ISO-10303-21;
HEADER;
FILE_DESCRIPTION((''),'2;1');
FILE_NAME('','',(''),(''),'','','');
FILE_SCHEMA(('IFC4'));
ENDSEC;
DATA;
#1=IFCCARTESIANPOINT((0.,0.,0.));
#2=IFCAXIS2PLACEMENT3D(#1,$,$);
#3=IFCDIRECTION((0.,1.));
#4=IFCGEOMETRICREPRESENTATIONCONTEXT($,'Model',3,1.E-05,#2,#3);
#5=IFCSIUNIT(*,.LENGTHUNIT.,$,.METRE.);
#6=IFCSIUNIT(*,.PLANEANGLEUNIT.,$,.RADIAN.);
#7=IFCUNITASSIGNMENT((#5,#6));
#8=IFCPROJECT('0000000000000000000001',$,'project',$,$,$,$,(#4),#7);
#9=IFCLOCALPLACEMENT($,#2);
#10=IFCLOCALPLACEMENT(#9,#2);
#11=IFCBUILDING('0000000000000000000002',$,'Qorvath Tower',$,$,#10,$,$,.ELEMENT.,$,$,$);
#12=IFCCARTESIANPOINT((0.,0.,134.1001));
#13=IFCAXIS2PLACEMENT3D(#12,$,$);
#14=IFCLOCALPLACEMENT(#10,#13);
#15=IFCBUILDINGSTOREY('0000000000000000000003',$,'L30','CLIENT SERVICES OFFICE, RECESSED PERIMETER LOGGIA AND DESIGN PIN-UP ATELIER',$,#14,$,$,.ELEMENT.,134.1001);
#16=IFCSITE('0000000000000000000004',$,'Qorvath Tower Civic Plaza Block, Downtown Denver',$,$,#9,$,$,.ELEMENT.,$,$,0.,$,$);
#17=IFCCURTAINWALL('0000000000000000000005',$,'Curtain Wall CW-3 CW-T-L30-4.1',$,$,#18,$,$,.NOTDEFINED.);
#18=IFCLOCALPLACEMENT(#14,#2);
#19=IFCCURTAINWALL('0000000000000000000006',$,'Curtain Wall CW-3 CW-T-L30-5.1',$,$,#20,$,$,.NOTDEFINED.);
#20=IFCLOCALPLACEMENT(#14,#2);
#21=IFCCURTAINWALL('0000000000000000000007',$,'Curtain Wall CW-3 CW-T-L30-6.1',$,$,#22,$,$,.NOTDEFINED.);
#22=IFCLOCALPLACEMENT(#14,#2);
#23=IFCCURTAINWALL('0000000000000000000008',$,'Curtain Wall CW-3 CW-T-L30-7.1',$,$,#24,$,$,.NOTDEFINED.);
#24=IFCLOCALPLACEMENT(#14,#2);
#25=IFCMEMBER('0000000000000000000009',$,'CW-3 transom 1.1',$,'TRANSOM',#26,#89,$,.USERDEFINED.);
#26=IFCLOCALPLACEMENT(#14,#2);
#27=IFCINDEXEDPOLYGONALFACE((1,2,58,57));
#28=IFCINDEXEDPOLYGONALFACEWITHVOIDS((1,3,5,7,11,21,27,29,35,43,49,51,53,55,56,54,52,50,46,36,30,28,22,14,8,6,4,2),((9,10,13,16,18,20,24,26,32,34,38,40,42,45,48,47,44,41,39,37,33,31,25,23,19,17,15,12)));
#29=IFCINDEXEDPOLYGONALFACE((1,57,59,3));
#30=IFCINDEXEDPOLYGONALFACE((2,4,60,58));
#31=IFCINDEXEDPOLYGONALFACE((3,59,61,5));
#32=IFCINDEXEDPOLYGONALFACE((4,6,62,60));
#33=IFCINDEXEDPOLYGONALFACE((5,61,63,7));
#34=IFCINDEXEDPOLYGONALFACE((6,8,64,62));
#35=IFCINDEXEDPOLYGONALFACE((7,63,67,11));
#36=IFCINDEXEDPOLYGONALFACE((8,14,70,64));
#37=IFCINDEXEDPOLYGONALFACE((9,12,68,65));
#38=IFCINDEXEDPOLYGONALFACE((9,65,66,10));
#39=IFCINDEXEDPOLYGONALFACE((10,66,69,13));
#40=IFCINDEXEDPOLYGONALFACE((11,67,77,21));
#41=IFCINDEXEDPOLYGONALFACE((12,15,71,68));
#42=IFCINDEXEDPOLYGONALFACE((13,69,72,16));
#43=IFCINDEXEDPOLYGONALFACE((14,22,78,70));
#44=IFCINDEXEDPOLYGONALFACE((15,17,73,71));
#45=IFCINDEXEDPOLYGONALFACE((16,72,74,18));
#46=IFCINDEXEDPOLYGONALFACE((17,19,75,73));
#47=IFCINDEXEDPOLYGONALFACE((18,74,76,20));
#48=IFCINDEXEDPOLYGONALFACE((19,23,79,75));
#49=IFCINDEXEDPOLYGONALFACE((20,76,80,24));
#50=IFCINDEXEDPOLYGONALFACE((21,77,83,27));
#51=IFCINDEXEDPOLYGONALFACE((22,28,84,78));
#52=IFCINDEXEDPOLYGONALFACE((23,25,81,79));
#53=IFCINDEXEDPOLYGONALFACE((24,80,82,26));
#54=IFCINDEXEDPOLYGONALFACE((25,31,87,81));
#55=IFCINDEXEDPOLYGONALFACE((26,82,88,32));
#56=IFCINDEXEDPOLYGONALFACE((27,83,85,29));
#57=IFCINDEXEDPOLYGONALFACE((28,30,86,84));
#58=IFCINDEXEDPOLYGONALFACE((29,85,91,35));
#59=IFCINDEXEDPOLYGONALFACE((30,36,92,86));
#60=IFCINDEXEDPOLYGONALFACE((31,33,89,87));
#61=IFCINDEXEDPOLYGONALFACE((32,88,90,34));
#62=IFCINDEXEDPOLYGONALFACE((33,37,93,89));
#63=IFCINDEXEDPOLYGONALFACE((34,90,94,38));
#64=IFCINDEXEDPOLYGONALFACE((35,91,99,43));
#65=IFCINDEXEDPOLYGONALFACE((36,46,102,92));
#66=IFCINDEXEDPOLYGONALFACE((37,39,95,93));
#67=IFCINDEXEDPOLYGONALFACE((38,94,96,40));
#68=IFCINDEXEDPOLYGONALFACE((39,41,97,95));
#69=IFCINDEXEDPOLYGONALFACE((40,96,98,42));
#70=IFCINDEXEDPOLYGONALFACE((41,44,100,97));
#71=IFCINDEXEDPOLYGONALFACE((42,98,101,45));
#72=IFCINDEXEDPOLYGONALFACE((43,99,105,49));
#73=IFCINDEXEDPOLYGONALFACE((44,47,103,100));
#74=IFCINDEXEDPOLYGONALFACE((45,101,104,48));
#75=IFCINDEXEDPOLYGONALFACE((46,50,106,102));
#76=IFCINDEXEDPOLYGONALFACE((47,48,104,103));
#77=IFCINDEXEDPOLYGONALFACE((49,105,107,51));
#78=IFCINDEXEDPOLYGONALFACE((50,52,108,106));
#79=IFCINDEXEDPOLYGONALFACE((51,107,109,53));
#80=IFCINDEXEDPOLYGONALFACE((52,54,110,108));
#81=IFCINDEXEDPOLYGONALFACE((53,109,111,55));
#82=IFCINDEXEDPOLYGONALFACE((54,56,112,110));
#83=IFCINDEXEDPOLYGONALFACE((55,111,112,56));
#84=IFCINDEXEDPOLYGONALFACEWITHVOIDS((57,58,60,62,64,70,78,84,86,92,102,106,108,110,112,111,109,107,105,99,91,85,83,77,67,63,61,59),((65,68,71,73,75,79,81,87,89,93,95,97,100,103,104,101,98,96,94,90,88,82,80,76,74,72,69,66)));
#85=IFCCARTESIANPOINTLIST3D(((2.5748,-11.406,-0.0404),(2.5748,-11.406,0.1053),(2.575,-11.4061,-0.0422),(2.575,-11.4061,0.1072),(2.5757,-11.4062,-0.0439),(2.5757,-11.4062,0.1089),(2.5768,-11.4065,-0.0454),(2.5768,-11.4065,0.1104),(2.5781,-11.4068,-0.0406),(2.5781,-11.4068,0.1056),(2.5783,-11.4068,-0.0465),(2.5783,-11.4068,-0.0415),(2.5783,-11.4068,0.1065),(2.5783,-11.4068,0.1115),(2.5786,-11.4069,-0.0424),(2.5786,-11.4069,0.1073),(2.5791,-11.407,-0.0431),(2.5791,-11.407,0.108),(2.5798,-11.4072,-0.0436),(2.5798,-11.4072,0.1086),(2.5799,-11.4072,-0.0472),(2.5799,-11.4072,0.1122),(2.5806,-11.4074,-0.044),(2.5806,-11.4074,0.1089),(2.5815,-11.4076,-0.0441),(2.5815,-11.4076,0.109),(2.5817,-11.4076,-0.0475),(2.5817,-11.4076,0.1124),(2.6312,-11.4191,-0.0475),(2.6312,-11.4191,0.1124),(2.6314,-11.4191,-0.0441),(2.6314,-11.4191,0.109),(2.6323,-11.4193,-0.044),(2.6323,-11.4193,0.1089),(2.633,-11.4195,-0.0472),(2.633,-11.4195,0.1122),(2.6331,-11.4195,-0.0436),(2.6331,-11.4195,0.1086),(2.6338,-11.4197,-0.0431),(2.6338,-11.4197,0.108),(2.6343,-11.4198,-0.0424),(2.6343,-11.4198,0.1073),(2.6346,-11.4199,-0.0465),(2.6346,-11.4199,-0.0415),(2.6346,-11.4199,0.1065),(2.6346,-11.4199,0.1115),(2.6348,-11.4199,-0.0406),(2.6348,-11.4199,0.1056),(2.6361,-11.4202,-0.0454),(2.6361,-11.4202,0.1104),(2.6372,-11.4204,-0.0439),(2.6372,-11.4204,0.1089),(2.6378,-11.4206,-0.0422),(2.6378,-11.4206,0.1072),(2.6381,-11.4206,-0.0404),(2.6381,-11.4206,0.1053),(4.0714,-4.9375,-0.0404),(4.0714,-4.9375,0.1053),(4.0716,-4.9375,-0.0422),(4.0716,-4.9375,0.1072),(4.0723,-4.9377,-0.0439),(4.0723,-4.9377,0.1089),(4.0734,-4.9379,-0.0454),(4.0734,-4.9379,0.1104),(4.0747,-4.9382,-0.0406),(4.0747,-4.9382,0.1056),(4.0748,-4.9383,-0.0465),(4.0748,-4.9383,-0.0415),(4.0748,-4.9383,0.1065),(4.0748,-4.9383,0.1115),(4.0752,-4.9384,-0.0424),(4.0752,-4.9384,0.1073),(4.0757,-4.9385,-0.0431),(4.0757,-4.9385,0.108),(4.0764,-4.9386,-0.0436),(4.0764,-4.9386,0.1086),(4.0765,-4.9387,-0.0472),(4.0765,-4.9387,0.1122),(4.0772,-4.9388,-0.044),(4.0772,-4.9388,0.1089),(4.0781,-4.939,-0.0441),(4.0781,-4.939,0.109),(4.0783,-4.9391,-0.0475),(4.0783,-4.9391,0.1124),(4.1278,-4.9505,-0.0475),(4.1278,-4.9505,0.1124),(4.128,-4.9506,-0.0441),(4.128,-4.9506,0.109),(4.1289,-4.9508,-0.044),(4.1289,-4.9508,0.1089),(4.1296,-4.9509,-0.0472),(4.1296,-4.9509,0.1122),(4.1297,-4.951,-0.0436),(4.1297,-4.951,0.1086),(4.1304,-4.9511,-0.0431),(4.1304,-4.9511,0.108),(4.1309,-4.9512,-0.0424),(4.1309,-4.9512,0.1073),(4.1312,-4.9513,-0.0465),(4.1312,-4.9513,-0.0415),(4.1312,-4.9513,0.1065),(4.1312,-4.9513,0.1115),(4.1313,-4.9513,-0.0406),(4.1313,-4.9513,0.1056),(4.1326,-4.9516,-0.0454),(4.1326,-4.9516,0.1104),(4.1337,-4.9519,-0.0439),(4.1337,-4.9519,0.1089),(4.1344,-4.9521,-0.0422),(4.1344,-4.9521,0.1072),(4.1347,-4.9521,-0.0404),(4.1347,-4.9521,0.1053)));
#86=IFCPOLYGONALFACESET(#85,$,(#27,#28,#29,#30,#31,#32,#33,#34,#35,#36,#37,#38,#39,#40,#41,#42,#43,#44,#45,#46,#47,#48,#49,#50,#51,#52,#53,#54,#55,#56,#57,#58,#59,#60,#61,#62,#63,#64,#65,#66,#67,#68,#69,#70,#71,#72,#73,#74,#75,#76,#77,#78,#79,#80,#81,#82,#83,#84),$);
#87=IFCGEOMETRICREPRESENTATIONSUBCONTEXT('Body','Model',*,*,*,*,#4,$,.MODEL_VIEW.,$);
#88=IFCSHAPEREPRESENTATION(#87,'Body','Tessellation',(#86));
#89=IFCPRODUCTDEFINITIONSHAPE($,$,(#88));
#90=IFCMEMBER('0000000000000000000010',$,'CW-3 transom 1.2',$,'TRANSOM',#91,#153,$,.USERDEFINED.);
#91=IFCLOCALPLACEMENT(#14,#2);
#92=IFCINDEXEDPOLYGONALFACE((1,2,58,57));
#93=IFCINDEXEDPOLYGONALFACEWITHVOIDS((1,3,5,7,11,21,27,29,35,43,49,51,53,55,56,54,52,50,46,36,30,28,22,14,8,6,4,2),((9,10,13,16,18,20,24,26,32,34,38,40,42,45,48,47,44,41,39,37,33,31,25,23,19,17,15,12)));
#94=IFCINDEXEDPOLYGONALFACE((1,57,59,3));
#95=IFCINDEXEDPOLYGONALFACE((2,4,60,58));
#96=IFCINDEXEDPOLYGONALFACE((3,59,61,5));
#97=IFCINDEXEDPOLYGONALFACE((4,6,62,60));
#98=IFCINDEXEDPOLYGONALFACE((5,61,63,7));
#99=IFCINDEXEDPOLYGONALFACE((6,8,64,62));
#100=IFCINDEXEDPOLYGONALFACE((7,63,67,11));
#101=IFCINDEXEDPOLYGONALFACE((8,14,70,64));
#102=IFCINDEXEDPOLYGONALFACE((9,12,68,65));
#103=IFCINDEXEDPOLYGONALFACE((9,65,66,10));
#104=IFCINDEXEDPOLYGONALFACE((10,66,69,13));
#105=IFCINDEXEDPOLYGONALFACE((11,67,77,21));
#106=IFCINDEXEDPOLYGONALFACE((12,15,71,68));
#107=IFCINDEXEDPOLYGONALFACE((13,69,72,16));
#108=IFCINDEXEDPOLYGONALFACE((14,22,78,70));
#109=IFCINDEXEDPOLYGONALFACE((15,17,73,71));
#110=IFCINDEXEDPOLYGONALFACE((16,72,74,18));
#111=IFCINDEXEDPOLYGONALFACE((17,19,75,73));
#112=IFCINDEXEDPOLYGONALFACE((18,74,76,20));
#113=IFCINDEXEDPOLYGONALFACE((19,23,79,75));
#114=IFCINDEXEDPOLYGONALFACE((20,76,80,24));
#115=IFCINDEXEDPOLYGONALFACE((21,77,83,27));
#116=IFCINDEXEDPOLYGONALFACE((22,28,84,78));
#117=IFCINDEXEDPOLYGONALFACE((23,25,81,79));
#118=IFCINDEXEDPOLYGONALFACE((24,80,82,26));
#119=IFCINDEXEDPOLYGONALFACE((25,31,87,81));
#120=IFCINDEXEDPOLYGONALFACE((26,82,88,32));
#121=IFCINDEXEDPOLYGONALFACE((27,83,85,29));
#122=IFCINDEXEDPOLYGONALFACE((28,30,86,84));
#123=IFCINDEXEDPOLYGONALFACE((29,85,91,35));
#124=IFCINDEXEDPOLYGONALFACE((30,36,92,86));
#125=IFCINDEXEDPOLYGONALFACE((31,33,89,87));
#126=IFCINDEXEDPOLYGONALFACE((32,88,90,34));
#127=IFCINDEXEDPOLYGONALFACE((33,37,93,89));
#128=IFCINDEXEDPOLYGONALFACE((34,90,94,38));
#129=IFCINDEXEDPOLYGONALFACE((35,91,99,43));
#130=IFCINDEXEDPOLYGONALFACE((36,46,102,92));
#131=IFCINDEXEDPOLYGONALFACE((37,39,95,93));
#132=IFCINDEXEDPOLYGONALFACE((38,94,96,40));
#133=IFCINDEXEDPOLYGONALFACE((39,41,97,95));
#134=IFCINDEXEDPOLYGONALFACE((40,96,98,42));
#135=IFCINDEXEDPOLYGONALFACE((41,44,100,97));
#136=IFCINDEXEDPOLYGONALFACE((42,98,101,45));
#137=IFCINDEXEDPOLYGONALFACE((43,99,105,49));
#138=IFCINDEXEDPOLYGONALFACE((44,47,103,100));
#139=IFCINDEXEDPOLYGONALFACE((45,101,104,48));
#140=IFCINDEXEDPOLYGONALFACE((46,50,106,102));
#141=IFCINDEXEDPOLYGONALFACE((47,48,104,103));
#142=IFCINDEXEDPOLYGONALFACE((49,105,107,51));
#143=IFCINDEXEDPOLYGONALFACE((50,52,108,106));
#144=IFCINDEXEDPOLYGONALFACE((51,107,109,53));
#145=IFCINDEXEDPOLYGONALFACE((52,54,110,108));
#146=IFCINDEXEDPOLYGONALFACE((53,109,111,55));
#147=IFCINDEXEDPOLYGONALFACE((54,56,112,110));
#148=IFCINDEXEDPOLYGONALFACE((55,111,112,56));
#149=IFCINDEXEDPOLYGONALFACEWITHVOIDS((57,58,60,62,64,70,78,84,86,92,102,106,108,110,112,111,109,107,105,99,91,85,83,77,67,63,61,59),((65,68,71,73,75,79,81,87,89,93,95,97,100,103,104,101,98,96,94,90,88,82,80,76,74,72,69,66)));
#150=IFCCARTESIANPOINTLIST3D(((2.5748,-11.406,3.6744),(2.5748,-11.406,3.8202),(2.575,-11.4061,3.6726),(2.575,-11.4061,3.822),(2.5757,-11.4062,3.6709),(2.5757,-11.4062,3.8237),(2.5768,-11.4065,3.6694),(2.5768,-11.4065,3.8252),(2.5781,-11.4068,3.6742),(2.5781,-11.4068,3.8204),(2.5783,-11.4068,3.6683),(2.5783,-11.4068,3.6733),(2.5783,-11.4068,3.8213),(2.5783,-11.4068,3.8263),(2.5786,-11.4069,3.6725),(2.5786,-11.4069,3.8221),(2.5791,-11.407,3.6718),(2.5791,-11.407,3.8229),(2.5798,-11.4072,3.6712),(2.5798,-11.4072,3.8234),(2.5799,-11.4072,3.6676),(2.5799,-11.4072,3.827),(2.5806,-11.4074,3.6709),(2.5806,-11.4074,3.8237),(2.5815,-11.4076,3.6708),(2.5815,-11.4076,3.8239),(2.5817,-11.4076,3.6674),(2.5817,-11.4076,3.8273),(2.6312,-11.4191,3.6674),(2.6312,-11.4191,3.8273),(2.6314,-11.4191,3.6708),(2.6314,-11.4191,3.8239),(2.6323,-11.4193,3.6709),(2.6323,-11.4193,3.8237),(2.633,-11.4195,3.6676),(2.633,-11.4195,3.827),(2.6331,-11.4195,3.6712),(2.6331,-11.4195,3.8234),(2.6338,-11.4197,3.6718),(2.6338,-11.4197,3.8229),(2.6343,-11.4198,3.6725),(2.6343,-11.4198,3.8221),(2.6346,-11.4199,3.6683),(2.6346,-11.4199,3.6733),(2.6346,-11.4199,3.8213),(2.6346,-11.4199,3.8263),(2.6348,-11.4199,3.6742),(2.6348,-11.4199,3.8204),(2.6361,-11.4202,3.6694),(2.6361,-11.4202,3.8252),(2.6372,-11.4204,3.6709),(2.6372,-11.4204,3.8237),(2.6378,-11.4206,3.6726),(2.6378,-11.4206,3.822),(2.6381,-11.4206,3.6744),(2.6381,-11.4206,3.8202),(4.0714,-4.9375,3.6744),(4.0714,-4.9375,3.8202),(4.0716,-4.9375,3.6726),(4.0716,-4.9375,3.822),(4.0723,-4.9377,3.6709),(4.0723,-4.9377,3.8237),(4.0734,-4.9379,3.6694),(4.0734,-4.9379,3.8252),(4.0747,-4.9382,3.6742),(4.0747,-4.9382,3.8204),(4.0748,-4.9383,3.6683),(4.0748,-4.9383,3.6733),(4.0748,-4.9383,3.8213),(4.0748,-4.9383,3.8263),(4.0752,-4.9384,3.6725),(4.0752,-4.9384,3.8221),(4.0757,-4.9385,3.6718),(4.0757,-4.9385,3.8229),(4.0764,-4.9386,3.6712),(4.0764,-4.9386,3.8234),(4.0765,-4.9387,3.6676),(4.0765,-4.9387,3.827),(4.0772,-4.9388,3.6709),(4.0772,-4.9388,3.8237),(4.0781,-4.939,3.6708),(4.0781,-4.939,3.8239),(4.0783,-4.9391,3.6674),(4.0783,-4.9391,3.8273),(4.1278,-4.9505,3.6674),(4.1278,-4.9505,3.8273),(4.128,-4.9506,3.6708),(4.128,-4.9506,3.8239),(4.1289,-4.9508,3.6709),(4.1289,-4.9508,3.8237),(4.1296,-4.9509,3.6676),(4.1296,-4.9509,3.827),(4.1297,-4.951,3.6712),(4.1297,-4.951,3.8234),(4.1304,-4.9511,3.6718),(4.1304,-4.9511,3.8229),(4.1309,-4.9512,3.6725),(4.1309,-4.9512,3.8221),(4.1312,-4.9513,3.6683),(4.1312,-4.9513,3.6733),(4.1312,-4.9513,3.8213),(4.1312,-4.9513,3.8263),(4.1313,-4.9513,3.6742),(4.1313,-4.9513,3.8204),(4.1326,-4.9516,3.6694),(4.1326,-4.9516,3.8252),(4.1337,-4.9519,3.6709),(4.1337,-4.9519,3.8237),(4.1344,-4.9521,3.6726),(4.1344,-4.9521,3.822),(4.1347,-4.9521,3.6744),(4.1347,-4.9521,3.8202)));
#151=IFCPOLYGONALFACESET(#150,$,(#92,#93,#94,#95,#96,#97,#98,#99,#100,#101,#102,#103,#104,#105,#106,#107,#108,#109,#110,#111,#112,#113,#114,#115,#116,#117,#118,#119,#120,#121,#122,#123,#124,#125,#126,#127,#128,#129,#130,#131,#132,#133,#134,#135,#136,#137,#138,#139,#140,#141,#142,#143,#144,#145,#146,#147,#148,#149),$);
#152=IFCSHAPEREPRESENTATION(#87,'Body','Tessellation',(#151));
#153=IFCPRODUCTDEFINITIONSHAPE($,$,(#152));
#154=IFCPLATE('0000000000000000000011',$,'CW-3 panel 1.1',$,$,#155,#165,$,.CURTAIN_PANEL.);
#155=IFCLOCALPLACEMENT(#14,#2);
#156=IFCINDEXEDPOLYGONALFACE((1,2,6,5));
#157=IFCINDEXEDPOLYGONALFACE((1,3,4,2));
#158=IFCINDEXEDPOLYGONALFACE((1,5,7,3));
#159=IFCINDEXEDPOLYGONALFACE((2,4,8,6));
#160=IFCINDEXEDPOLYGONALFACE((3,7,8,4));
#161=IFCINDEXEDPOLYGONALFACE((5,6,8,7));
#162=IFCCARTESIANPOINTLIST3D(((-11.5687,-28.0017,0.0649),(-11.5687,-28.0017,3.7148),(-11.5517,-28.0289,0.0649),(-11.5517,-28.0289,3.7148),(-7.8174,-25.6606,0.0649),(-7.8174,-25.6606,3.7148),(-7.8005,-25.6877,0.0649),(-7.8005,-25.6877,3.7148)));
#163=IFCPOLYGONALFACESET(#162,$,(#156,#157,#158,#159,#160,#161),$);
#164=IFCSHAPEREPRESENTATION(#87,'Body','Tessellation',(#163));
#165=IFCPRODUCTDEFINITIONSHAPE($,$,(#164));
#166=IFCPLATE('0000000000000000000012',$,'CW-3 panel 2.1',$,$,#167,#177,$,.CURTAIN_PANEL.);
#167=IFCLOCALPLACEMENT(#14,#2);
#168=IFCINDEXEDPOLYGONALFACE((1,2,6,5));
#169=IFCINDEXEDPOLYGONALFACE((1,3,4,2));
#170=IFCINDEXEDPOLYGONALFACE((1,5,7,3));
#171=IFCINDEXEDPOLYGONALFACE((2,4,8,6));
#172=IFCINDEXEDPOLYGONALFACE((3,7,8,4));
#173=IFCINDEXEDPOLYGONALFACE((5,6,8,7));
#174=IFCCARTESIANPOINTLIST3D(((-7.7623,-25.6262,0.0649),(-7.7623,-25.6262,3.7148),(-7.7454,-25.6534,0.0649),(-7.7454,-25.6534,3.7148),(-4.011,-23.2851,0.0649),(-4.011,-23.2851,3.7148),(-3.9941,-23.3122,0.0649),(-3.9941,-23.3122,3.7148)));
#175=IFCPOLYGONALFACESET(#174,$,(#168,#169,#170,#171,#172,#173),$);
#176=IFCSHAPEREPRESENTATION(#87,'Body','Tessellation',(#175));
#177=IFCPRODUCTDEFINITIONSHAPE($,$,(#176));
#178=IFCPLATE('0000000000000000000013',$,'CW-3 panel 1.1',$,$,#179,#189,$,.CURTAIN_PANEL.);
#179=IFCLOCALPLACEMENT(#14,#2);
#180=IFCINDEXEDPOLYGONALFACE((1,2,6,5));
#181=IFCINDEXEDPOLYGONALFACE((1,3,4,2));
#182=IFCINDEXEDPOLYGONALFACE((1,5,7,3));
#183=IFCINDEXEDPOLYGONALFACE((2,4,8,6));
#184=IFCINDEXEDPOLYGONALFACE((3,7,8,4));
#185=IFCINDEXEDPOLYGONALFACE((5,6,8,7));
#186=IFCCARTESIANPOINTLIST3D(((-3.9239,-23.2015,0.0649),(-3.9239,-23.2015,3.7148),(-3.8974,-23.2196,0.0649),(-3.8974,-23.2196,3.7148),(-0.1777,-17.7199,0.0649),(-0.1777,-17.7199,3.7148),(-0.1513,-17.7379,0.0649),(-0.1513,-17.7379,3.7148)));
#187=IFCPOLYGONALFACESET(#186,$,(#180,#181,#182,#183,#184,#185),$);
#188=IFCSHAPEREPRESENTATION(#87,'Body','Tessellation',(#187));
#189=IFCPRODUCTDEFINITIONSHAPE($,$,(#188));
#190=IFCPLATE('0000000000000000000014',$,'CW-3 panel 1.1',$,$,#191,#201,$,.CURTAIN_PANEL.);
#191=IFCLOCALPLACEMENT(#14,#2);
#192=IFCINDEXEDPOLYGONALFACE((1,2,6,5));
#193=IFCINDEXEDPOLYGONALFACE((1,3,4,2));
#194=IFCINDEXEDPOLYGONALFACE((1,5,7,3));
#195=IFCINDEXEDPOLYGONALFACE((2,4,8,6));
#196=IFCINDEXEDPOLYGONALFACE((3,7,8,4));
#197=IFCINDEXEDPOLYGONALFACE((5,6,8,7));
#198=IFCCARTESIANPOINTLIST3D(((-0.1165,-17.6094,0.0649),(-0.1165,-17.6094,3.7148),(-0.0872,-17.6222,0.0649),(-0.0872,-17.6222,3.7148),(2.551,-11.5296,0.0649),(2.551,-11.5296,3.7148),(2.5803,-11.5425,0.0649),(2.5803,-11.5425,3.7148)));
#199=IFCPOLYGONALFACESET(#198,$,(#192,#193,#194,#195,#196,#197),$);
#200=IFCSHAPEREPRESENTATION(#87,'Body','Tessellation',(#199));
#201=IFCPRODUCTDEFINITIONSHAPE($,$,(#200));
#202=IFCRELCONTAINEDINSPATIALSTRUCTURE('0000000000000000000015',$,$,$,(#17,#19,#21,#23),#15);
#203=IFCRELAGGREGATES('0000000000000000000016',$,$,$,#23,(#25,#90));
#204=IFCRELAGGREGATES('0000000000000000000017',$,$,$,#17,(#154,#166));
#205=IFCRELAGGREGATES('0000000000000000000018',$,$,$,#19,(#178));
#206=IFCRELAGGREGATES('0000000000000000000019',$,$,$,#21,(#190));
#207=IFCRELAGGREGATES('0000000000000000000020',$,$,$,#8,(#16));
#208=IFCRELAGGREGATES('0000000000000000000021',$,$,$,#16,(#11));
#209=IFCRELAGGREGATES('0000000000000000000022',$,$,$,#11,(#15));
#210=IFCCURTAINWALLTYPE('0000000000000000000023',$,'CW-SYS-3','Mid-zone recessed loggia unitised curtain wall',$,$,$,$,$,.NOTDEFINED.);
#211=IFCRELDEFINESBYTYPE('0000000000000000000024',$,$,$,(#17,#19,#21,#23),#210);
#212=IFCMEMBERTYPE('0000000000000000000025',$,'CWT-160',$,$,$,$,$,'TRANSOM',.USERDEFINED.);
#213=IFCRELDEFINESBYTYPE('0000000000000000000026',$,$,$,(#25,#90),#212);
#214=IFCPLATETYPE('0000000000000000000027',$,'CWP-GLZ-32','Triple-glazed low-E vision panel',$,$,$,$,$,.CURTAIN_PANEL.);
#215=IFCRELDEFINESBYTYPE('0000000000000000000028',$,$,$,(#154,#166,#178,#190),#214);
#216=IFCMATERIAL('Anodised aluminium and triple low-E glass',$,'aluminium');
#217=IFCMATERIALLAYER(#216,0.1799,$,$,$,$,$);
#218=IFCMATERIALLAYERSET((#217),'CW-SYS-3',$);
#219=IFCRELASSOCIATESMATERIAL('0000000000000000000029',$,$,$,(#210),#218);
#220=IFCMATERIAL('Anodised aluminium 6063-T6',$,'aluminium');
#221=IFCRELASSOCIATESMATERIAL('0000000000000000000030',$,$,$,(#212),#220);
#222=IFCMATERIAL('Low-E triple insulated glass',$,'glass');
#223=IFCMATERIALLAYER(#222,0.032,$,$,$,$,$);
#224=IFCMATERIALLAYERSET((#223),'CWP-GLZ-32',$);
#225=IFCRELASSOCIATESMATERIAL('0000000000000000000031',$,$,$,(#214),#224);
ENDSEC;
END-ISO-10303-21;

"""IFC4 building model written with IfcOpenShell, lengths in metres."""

from ifc_helpers import new_model, si_unit, direction, frame, origin, origin_2d, place, context, subcontext, project, spatial, rectangle, hollow_rectangle, extrude, material, layer, layer_set, material_profile, profile_set, type_object, element, aggregate, save


model = new_model("IFC4")

# Units and contexts
model_context = context("Model", 3, precision=1e-05, world=origin(), true_north=direction((0.0, 1.0)))
body_context = subcontext(model_context, "Body", "Model", "MODEL_VIEW")
ifc_project = project(units=[si_unit("LENGTHUNIT", "METRE"), si_unit("PLANEANGLEUNIT", "RADIAN")], contexts=[model_context])

# Site, building, storey
site_placement = place(None, origin())
site = spatial("IfcSite", under=ifc_project, at=site_placement, Name="Qorvath Tower Civic Plaza Block, Downtown Denver", CompositionType="ELEMENT", RefElevation=0.0)
building_placement = place(site_placement, origin())
building = spatial("IfcBuilding", under=site, at=building_placement, Name="Qorvath Tower", CompositionType="ELEMENT")
storey_placement = place(building_placement, frame((0.0, 0.0, 134.1001)))
storey = spatial("IfcBuildingStorey", under=building, at=storey_placement, Name="L30", Description="CLIENT SERVICES OFFICE, RECESSED PERIMETER LOGGIA AND DESIGN PIN-UP ATELIER", CompositionType="ELEMENT", Elevation=134.1001)

# Curtain walls
ifc_material_1 = material(Name="Anodised aluminium and triple low-E glass", Category="aluminium")
ifc_layer_1 = layer(ifc_material_1, 0.1799)
ifc_layer_set_1 = layer_set([ifc_layer_1], Name="CW-SYS-3")
curtain_wall_type = type_object("IfcCurtainWallType", Name="CW-SYS-3", Description="Mid-zone recessed loggia unitised curtain wall", PredefinedType="NOTDEFINED", material=ifc_layer_set_1)
curtain_wall_1_placement = place(storey_placement, origin())
curtain_wall_1 = element("IfcCurtainWall", 1, at=curtain_wall_1_placement, inside=storey, type_object=curtain_wall_type, Name="Curtain Wall CW-3 CW-T-L30-4.1", PredefinedType="NOTDEFINED")
curtain_wall_2_placement = place(storey_placement, origin())
curtain_wall_2 = element("IfcCurtainWall", 2, at=curtain_wall_2_placement, inside=storey, type_object=curtain_wall_type, Name="Curtain Wall CW-3 CW-T-L30-5.1", PredefinedType="NOTDEFINED")
curtain_wall_3_placement = place(storey_placement, origin())
curtain_wall_3 = element("IfcCurtainWall", 3, at=curtain_wall_3_placement, inside=storey, type_object=curtain_wall_type, Name="Curtain Wall CW-3 CW-T-L30-6.1", PredefinedType="NOTDEFINED")

# Curtain wall
curtain_wall_4_placement = place(storey_placement, origin())
curtain_wall_4 = element("IfcCurtainWall", 4, at=curtain_wall_4_placement, inside=storey, type_object=curtain_wall_type, Name="Curtain Wall CW-3 CW-T-L30-7.1", PredefinedType="NOTDEFINED")

# Members
ifc_material_2 = material(Name="Anodised aluminium 6063-T6", Category="aluminium")
ifc_material_profile_1 = material_profile(ifc_material_2, hollow_rectangle(XDim=0.0649, YDim=0.1599, WallThickness=0.0034, InnerFilletRadius=0.0034, OuterFilletRadius=0.0071, at=origin_2d()), Name="CWT 160x65")
ifc_profile_set_1 = profile_set([ifc_material_profile_1], Name="Anodised aluminium 6063-T6")
member_type_1 = type_object("IfcMemberType", Name="CWT-160", ElementType="TRANSOM", PredefinedType="USERDEFINED", material=ifc_profile_set_1)
member_1_placement = place(storey_placement, frame((2.6064, -11.4133, 0.0325), z_axis=(0.22541, 0.974264, 0.0), x_axis=(-0.974264, 0.22541, 0.0)))
member_1 = element("IfcMember", 5, at=member_1_placement, type_object=member_type_1, Name="CW-3 transom 1.1", ObjectType="TRANSOM", PredefinedType="USERDEFINED", context=body_context, shape_type="SweptSolid", body=[
    extrude(hollow_rectangle(XDim=0.0649, YDim=0.1599, WallThickness=0.0034, InnerFilletRadius=0.0034, OuterFilletRadius=0.0071, at=origin_2d()), origin(), (0.0, 0.0, 1.0), 6.6394),
])
member_2_placement = place(storey_placement, frame((2.6064, -11.4133, 3.7473), z_axis=(0.22541, 0.974264, 0.0), x_axis=(-0.974264, 0.22541, 0.0)))
member_2 = element("IfcMember", 6, at=member_2_placement, type_object=member_type_1, Name="CW-3 transom 1.2", ObjectType="TRANSOM", PredefinedType="USERDEFINED", context=body_context, shape_type="SweptSolid", body=[
    extrude(hollow_rectangle(XDim=0.0649, YDim=0.1599, WallThickness=0.0034, InnerFilletRadius=0.0034, OuterFilletRadius=0.0071, at=origin_2d()), origin(), (0.0, 0.0, 1.0), 6.6394),
])
aggregate(curtain_wall_4, [member_1, member_2])

# Plates
ifc_material_3 = material(Name="Low-E triple insulated glass", Category="glass")
ifc_layer_2 = layer(ifc_material_3, 0.032)
ifc_layer_set_2 = layer_set([ifc_layer_2], Name="CWP-GLZ-32")
plate_type = type_object("IfcPlateType", Name="CWP-GLZ-32", Description="Triple-glazed low-E vision panel", PredefinedType="CURTAIN_PANEL", material=ifc_layer_set_2)
plate_1_placement = place(storey_placement, frame((-9.6846, -26.8447, 0.0649), z_axis=(0.0, 0.0, 1.0), x_axis=(0.848347, 0.52944, 0.0)))
plate_1 = element("IfcPlate", 7, at=plate_1_placement, type_object=plate_type, Name="CW-3 panel 1.1", PredefinedType="CURTAIN_PANEL", context=body_context, shape_type="SweptSolid", body=[
    extrude(rectangle(XDim=4.4219, YDim=0.032, at=origin_2d()), origin(), (0.0, 0.0, 1.0), 3.6499),
])
plate_2_placement = place(storey_placement, frame((-5.8782, -24.4692, 0.0649), z_axis=(0.0, 0.0, 1.0), x_axis=(0.848347, 0.52944, 0.0)))
plate_2 = element("IfcPlate", 8, at=plate_2_placement, type_object=plate_type, Name="CW-3 panel 2.1", PredefinedType="CURTAIN_PANEL", context=body_context, shape_type="SweptSolid", body=[
    extrude(rectangle(XDim=4.4219, YDim=0.032, at=origin_2d()), origin(), (0.0, 0.0, 1.0), 3.6499),
])
aggregate(curtain_wall_1, [plate_1, plate_2])
plate_3_placement = place(storey_placement, frame((-2.0376, -20.4697, 0.0649), z_axis=(0.0, 0.0, 1.0), x_axis=(0.564223, 0.825623, 0.0)))
plate_3 = element("IfcPlate", 9, at=plate_3_placement, type_object=plate_type, Name="CW-3 panel 1.1", PredefinedType="CURTAIN_PANEL", context=body_context, shape_type="SweptSolid", body=[
    extrude(rectangle(XDim=6.6394, YDim=0.032, at=origin_2d()), origin(), (0.0, 0.0, 1.0), 3.6499),
])
aggregate(curtain_wall_2, [plate_3])
plate_4_placement = place(storey_placement, frame((1.2319, -14.5759, 0.0649), z_axis=(0.0, 0.0, 1.0), x_axis=(0.401782, 0.915735, 0.0)))
plate_4 = element("IfcPlate", 10, at=plate_4_placement, type_object=plate_type, Name="CW-3 panel 1.1", PredefinedType="CURTAIN_PANEL", context=body_context, shape_type="SweptSolid", body=[
    extrude(rectangle(XDim=6.6392, YDim=0.032, at=origin_2d()), origin(), (0.0, 0.0, 1.0), 3.6499),
])
aggregate(curtain_wall_3, [plate_4])

save(model, "model.ifc")
